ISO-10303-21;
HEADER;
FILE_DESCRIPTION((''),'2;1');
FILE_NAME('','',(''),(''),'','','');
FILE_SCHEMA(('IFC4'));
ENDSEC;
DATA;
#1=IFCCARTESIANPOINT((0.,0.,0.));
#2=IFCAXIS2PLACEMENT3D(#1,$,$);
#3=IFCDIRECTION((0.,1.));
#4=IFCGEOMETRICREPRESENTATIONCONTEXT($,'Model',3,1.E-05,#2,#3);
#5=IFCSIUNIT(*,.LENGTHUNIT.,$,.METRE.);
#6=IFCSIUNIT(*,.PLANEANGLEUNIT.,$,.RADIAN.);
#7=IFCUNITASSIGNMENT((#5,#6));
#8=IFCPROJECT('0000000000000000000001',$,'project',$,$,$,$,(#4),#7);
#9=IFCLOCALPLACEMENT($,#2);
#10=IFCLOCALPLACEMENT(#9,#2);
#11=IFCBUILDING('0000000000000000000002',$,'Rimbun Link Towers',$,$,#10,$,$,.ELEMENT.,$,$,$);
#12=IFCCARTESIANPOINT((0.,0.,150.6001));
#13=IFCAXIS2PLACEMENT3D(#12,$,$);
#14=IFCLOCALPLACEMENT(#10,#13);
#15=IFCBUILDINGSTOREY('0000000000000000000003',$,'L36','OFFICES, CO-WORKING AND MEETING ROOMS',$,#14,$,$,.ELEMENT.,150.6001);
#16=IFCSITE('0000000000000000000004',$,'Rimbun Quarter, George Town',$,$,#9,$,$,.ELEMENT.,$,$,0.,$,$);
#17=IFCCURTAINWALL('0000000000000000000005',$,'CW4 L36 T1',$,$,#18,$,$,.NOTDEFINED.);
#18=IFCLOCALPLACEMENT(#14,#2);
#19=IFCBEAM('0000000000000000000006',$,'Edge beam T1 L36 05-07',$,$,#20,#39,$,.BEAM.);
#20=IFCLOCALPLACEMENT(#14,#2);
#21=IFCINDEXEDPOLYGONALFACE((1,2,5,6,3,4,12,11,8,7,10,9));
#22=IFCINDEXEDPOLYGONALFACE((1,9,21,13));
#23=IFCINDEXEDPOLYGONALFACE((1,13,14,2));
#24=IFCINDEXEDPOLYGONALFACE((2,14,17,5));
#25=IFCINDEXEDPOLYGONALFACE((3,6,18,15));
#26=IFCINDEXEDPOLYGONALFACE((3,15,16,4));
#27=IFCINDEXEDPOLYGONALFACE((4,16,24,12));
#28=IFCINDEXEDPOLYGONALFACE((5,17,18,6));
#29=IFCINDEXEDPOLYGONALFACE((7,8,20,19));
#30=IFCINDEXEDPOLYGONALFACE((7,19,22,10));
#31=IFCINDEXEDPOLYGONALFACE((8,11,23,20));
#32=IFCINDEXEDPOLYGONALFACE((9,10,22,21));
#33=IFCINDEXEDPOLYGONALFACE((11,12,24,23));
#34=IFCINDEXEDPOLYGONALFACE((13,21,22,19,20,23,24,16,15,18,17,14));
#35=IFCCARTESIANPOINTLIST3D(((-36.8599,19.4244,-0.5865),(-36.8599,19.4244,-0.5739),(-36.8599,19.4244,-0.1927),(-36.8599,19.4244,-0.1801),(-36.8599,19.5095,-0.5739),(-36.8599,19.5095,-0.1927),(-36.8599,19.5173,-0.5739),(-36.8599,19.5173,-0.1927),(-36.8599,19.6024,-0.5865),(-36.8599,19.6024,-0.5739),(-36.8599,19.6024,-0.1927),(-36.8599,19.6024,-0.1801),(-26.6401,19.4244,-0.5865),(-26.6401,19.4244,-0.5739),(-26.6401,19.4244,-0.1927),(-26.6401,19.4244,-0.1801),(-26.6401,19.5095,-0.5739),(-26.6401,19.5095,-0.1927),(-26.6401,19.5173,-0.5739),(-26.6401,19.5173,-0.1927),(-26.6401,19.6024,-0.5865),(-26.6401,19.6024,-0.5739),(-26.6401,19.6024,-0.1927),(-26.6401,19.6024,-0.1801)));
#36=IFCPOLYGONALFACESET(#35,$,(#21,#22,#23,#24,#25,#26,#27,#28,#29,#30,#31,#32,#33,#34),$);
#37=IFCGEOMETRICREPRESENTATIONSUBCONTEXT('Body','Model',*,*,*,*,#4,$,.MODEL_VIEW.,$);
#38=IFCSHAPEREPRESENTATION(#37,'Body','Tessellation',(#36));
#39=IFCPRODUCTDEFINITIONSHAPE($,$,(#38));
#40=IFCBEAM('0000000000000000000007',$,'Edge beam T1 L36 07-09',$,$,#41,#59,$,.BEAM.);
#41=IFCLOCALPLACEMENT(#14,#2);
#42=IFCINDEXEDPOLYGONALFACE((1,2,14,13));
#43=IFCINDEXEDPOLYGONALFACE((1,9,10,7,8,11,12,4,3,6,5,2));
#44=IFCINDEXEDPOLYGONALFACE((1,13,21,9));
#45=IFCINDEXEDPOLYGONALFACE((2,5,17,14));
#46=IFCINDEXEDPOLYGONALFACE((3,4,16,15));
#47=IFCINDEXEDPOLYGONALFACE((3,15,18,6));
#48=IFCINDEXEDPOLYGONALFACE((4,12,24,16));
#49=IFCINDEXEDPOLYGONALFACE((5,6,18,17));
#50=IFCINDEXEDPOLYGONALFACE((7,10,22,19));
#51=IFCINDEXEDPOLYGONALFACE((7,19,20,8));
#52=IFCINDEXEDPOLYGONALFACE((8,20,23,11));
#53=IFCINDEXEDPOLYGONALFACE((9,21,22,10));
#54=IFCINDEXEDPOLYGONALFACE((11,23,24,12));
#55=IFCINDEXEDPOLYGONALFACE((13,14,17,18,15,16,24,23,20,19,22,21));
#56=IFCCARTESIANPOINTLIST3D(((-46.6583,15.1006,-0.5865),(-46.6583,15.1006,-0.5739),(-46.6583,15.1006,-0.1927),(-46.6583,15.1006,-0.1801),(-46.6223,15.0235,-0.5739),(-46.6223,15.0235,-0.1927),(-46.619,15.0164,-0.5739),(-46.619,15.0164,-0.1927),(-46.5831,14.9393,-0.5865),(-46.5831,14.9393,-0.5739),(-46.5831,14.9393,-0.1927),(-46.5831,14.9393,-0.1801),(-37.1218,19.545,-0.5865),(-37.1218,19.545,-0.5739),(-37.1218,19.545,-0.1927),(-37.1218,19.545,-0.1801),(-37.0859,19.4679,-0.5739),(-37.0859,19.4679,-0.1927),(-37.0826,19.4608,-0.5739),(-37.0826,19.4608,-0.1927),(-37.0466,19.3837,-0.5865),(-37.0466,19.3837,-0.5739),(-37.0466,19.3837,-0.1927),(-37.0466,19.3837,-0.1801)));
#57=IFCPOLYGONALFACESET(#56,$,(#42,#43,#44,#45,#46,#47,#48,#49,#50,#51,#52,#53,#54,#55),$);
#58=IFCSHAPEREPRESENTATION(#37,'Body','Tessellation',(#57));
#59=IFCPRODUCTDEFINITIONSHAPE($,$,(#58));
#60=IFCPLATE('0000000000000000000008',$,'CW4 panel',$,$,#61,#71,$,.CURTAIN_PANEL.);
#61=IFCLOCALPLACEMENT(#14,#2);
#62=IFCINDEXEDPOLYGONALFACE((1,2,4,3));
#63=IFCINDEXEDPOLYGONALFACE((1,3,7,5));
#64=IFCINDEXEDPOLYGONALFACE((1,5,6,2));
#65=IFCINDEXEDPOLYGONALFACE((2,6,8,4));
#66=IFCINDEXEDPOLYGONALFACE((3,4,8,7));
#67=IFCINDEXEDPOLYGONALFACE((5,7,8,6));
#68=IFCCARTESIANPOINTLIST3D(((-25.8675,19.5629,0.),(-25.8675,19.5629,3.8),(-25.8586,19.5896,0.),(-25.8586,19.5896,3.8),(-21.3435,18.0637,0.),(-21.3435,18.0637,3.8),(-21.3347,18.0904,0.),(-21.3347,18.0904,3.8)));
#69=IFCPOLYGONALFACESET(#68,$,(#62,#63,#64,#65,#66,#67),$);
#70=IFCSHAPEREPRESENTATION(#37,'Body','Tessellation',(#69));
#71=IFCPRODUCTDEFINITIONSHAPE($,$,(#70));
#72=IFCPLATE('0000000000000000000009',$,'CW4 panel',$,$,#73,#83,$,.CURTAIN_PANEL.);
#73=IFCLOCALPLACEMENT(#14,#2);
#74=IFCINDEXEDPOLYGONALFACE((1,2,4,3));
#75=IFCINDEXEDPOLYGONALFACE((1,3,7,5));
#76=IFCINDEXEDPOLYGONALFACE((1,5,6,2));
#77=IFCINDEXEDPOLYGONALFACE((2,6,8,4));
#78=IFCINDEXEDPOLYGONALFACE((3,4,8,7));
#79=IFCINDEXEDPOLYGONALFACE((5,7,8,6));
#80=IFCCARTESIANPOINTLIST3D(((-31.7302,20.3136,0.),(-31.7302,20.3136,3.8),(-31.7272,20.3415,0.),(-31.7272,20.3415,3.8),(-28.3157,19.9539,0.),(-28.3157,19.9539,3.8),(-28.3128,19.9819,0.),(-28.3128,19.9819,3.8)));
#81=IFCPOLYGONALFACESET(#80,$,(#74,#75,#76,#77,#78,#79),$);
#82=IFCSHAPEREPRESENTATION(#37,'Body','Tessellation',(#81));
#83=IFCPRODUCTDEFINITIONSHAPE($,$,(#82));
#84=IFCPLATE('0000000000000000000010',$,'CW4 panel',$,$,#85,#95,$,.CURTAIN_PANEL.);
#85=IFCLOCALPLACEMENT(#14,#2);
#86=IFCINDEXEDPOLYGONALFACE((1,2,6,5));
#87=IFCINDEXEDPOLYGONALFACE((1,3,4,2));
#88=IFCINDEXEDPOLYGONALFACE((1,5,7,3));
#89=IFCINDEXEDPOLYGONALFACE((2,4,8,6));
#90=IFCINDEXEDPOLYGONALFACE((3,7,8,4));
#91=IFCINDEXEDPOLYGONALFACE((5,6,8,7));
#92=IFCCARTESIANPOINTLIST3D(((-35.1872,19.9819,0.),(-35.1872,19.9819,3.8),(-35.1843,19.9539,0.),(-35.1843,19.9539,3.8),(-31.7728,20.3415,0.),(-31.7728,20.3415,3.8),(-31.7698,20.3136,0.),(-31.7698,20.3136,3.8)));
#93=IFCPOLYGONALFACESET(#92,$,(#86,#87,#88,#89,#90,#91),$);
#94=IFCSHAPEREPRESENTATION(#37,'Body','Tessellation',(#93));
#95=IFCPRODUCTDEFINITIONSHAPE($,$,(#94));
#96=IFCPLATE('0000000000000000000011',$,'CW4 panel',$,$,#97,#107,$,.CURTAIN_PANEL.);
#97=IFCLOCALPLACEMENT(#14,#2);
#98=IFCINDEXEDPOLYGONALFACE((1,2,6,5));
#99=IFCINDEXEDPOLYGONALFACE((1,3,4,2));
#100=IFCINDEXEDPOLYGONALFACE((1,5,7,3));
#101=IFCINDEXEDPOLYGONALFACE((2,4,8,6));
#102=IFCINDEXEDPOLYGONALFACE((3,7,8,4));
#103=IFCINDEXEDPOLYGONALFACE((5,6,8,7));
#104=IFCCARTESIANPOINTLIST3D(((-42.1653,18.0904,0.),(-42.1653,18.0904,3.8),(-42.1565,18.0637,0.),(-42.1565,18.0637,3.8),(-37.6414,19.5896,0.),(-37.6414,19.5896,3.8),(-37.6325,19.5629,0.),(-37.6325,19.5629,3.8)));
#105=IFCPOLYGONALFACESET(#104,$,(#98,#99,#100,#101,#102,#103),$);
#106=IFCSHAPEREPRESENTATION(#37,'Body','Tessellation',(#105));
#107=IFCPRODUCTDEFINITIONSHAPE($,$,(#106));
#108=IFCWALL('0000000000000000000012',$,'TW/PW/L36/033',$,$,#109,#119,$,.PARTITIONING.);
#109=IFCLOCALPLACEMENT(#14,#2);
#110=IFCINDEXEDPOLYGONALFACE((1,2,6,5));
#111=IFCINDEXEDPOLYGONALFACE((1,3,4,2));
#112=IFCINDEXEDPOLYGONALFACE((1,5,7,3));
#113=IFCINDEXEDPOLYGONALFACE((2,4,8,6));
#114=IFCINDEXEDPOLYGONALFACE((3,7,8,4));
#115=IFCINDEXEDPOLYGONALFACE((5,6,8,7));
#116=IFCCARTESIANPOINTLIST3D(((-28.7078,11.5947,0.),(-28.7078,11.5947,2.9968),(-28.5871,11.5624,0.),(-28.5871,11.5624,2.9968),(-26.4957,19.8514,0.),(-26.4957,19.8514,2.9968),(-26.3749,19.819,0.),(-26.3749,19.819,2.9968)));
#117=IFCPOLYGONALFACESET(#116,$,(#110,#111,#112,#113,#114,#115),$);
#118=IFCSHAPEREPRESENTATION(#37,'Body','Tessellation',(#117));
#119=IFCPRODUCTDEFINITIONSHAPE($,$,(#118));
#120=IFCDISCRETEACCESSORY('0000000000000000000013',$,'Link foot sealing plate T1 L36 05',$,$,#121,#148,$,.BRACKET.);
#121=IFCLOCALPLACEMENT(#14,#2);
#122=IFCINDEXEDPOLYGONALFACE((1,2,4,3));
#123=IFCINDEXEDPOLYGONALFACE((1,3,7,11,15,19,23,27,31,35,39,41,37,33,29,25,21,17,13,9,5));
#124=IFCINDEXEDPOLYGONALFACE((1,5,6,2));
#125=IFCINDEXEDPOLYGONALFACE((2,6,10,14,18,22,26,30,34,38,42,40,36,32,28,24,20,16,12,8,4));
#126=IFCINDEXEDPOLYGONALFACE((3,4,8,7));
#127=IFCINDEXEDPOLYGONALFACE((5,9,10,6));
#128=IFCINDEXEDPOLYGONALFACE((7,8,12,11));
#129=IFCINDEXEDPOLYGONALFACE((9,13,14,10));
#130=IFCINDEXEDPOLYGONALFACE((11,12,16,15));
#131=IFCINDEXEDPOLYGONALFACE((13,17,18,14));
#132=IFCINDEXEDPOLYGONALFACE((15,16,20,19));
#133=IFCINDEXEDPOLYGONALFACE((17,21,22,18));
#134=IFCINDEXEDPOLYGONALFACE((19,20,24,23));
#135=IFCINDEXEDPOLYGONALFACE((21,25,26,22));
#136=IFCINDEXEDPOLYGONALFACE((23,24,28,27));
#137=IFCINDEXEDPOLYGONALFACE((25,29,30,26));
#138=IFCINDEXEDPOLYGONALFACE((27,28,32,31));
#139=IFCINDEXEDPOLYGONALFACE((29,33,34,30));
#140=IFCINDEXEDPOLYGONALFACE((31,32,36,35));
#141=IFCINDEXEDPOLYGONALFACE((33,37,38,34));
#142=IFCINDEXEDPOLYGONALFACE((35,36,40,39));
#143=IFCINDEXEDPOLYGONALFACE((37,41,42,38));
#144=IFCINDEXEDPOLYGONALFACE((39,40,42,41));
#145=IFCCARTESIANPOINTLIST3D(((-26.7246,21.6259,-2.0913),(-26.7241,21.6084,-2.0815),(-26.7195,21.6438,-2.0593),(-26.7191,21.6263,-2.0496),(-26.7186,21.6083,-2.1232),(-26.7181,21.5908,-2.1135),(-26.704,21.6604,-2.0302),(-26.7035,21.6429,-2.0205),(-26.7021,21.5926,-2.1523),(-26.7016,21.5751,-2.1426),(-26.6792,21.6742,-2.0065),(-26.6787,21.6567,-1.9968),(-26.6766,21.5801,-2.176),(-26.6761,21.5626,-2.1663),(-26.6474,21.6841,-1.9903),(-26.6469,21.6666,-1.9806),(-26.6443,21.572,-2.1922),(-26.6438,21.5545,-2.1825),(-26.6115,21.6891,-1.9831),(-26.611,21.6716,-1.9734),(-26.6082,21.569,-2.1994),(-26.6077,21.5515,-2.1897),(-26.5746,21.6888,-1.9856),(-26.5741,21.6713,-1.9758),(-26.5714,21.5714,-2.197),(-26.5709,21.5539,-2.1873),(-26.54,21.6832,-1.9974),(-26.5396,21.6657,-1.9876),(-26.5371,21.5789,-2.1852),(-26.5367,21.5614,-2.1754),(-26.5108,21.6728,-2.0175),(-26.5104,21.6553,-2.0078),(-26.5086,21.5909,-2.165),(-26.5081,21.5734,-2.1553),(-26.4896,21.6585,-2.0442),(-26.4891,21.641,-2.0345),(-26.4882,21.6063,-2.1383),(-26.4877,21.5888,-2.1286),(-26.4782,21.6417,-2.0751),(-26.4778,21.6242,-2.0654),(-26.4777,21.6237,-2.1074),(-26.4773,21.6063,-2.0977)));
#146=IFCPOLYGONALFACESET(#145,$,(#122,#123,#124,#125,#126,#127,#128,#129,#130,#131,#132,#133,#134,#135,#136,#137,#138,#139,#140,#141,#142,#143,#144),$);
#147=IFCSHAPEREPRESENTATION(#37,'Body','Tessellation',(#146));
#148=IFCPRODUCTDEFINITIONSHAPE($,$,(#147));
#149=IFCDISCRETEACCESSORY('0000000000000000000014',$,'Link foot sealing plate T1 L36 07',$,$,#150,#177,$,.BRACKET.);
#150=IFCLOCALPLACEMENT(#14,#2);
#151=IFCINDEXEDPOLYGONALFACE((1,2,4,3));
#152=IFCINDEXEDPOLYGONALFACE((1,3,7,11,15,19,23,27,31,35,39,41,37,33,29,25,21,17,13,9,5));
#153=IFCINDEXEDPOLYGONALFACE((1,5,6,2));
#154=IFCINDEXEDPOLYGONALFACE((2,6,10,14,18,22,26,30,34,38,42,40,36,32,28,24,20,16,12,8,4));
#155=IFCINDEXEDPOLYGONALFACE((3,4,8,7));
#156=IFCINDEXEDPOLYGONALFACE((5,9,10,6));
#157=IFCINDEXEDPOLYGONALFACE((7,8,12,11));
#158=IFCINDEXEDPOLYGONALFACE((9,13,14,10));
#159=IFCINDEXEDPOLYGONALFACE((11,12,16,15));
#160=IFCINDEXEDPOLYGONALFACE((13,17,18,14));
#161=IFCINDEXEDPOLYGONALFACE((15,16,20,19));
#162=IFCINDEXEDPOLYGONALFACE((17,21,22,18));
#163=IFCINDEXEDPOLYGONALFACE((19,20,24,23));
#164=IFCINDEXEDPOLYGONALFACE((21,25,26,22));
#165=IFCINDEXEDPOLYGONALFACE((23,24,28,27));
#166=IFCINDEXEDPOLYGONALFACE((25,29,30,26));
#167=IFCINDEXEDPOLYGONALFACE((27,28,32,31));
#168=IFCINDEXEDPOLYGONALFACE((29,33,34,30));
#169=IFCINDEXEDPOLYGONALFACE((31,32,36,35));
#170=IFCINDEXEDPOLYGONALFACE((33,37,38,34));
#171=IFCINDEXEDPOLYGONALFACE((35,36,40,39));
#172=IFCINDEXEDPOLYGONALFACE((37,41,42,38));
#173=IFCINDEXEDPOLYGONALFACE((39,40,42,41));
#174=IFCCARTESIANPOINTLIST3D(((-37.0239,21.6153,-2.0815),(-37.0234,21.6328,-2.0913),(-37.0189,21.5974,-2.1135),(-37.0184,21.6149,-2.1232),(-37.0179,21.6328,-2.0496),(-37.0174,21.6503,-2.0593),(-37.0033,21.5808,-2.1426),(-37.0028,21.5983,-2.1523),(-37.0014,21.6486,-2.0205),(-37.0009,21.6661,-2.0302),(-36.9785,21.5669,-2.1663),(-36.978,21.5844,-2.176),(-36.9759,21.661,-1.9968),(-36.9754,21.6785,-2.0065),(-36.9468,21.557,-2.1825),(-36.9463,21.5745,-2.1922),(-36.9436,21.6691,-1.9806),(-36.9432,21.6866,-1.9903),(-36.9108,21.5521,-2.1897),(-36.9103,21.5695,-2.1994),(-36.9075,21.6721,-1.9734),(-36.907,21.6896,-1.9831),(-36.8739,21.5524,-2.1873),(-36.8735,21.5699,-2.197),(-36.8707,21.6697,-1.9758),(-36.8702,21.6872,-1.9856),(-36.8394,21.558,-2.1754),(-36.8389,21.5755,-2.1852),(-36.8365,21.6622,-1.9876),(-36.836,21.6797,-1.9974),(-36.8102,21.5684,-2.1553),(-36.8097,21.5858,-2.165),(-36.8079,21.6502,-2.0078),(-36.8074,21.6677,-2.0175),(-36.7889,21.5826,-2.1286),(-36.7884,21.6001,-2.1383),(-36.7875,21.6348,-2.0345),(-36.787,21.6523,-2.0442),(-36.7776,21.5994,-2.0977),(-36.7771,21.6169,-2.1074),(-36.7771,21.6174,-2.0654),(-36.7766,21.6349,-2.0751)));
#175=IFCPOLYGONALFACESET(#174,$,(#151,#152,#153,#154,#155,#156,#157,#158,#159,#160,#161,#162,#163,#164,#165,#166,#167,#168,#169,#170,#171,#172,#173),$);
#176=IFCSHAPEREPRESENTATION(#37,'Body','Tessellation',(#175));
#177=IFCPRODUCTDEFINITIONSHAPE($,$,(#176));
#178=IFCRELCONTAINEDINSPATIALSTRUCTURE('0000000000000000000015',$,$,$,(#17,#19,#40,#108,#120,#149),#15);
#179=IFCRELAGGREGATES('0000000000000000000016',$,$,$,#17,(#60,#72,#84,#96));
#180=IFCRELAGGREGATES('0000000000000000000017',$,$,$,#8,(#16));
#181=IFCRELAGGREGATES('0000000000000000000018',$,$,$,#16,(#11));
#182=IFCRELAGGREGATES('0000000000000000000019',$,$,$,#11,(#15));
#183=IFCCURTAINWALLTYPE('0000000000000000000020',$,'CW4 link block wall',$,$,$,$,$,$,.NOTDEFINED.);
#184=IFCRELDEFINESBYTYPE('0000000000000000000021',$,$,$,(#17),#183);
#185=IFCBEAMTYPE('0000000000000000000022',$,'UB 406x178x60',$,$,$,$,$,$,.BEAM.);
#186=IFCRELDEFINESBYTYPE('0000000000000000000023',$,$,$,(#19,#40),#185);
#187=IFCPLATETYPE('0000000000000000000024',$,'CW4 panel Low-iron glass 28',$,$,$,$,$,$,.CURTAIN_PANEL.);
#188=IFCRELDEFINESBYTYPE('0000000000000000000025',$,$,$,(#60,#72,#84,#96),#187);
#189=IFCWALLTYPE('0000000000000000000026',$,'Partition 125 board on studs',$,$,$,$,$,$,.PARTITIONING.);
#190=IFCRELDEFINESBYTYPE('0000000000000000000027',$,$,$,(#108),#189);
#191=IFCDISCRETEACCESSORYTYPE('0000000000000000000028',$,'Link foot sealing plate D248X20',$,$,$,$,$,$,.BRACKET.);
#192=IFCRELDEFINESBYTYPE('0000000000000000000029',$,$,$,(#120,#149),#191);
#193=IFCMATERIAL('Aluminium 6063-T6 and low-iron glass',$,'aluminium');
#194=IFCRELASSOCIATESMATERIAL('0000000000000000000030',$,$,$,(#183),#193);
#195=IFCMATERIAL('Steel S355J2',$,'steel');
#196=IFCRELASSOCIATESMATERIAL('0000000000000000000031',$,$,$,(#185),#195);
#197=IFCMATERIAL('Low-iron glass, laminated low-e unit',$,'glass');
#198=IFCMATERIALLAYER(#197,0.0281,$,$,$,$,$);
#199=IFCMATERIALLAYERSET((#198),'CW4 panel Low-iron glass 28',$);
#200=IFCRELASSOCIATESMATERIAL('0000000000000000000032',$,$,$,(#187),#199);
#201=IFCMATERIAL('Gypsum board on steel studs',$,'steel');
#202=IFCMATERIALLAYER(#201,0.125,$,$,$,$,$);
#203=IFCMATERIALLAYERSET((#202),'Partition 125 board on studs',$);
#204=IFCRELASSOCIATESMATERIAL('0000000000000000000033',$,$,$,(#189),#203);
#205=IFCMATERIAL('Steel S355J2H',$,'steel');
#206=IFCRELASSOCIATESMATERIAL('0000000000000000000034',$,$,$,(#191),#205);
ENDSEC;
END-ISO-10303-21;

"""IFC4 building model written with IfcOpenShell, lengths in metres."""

from ifc_helpers import new_model, si_unit, direction, frame, frame_2d, origin, origin_2d, place, context, subcontext, project, spatial, rectangle, circle, i_section, extrude, material, layer, layer_set, material_profile, profile_set, type_object, element, aggregate, save


model = new_model("IFC4")

# Units and contexts
model_context = context("Model", 3, precision=1e-05, world=origin(), true_north=direction((0.0, 1.0)))
body_context = subcontext(model_context, "Body", "Model", "MODEL_VIEW")
ifc_project = project(units=[si_unit("LENGTHUNIT", "METRE"), si_unit("PLANEANGLEUNIT", "RADIAN")], contexts=[model_context])

# Site, building, storey
site_placement = place(None, origin())
site = spatial("IfcSite", under=ifc_project, at=site_placement, Name="Rimbun Quarter, George Town", CompositionType="ELEMENT", RefElevation=0.0)
building_placement = place(site_placement, origin())
building = spatial("IfcBuilding", under=site, at=building_placement, Name="Rimbun Link Towers", CompositionType="ELEMENT")
storey_placement = place(building_placement, frame((0.0, 0.0, 150.6001)))
storey = spatial("IfcBuildingStorey", under=building, at=storey_placement, Name="L36", Description="OFFICES, CO-WORKING AND MEETING ROOMS", CompositionType="ELEMENT", Elevation=150.6001)

# Curtain wall
ifc_material_1 = material(Name="Aluminium 6063-T6 and low-iron glass", Category="aluminium")
curtain_wall_type = type_object("IfcCurtainWallType", Name="CW4 link block wall", PredefinedType="NOTDEFINED", material=ifc_material_1)
curtain_wall_placement = place(storey_placement, origin())
curtain_wall = element("IfcCurtainWall", 1, at=curtain_wall_placement, inside=storey, type_object=curtain_wall_type, Name="CW4 L36 T1", PredefinedType="NOTDEFINED")

# Beams
ifc_material_2 = material(Name="Steel S355J2", Category="steel")
ifc_material_profile_1 = material_profile(ifc_material_2, i_section(OverallWidth=0.178, OverallDepth=0.4065, WebThickness=0.0078, FlangeThickness=0.0127, at=origin_2d()), Name="UB 406x178x60")
ifc_profile_set_1 = profile_set([ifc_material_profile_1], Name="Steel S355J2")
beam_type = type_object("IfcBeamType", Name="UB 406x178x60", PredefinedType="BEAM", material=ifc_profile_set_1)
beam_1_placement = place(storey_placement, frame((-26.6401, 19.5134, -0.3833), z_axis=(-1.0, 0.0, 0.0), x_axis=(0.0, -1.0, 0.0)))
element("IfcBeam", 2, at=beam_1_placement, inside=storey, type_object=beam_type, Name="Edge beam T1 L36 05-07", PredefinedType="BEAM", context=body_context, shape_type="SweptSolid", body=[
    extrude(i_section(OverallWidth=0.178, OverallDepth=0.4065, WebThickness=0.0078, FlangeThickness=0.0127, at=origin_2d()), origin(), (0.0, 0.0, 1.0), 10.2197),
])
beam_2_placement = place(storey_placement, frame((-37.0842, 19.4644, -0.3833), z_axis=(-0.906401, -0.422419, 0.0), x_axis=(0.422419, -0.906401, 0.0)))
element("IfcBeam", 3, at=beam_2_placement, inside=storey, type_object=beam_type, Name="Edge beam T1 L36 07-09", PredefinedType="BEAM", context=body_context, shape_type="SweptSolid", body=[
    extrude(i_section(OverallWidth=0.178, OverallDepth=0.4065, WebThickness=0.0078, FlangeThickness=0.0127, at=origin_2d()), origin(), (0.0, 0.0, 1.0), 10.5212),
])

# Plates
ifc_material_3 = material(Name="Low-iron glass, laminated low-e unit", Category="glass")
ifc_layer_1 = layer(ifc_material_3, 0.0281)
ifc_layer_set_1 = layer_set([ifc_layer_1], Name="CW4 panel Low-iron glass 28")
plate_type = type_object("IfcPlateType", Name="CW4 panel Low-iron glass 28", PredefinedType="CURTAIN_PANEL", material=ifc_layer_set_1)
plate_1_placement = place(storey_placement, frame((-23.6011, 18.8267, 0.0), z_axis=(0.0, 0.0, 1.0), x_axis=(0.949235, -0.314568, 0.0)))
plate_1 = element("IfcPlate", 4, at=plate_1_placement, type_object=plate_type, Name="CW4 panel", PredefinedType="CURTAIN_PANEL", context=body_context, shape_type="SweptSolid", body=[
    extrude(rectangle(XDim=4.7659, YDim=0.0281, at=origin_2d()), origin(), (0.0, 0.0, 1.0), 3.8),
])
plate_2_placement = place(storey_placement, frame((-30.0215, 20.1477, 0.0), z_axis=(0.0, 0.0, 1.0), x_axis=(0.994499, -0.104745, 0.0)))
plate_2 = element("IfcPlate", 5, at=plate_2_placement, type_object=plate_type, Name="CW4 panel", PredefinedType="CURTAIN_PANEL", context=body_context, shape_type="SweptSolid", body=[
    extrude(rectangle(XDim=3.4333, YDim=0.0281, at=origin_2d()), origin(), (0.0, 0.0, 1.0), 3.8),
])
plate_3_placement = place(storey_placement, frame((-33.4785, 20.1477, 0.0), z_axis=(0.0, 0.0, 1.0), x_axis=(0.994499, 0.104745, 0.0)))
plate_3 = element("IfcPlate", 6, at=plate_3_placement, type_object=plate_type, Name="CW4 panel", PredefinedType="CURTAIN_PANEL", context=body_context, shape_type="SweptSolid", body=[
    extrude(rectangle(XDim=3.4333, YDim=0.0281, at=origin_2d()), origin(), (0.0, 0.0, 1.0), 3.8),
])
plate_4_placement = place(storey_placement, frame((-39.8989, 18.8267, 0.0), z_axis=(0.0, 0.0, 1.0), x_axis=(0.949235, 0.314568, 0.0)))
plate_4 = element("IfcPlate", 7, at=plate_4_placement, type_object=plate_type, Name="CW4 panel", PredefinedType="CURTAIN_PANEL", context=body_context, shape_type="SweptSolid", body=[
    extrude(rectangle(XDim=4.7659, YDim=0.0281, at=origin_2d()), origin(), (0.0, 0.0, 1.0), 3.8),
])
aggregate(curtain_wall, [plate_1, plate_2, plate_3, plate_4])

# Wall
ifc_material_4 = material(Name="Gypsum board on steel studs", Category="steel")
ifc_layer_2 = layer(ifc_material_4, 0.125)
ifc_layer_set_2 = layer_set([ifc_layer_2], Name="Partition 125 board on studs")
wall_type = type_object("IfcWallType", Name="Partition 125 board on studs", PredefinedType="PARTITIONING", material=ifc_layer_set_2)
wall_placement = place(storey_placement, frame((-26.4353, 19.8352, 0.0), z_axis=(0.0, 0.0, 1.0), x_axis=(-0.258798, -0.965931, 0.0)))
element("IfcWall", 8, at=wall_placement, inside=storey, type_object=wall_type, Name="TW/PW/L36/033", PredefinedType="PARTITIONING", context=body_context, shape_type="SweptSolid", body=[
    extrude(rectangle(XDim=8.5479, YDim=0.125, at=frame_2d((4.2739, 0.0))), origin(), (0.0, 0.0, 1.0), 2.9968),
])

# Discrete accessories
ifc_material_5 = material(Name="Steel S355J2H", Category="steel")
ifc_material_profile_2 = material_profile(ifc_material_5, circle(Radius=0.124, at=origin_2d()), Name="PL D248")
ifc_profile_set_2 = profile_set([ifc_material_profile_2], Name="Steel S355J2H")
discrete_accessory_type = type_object("IfcDiscreteAccessoryType", Name="Link foot sealing plate D248X20", PredefinedType="BRACKET", material=ifc_profile_set_2)
for number, where, z_axis, x_axis, name in (
    (9, (-26.6001, 21.6118, -2.0815), (-0.024275, 0.8739, -0.4855), (-0.999614, -0.027767, 0.0), "Link foot sealing plate T1 L36 05"),
    (10, (-36.8999, 21.6118, -2.0815), (0.024275, 0.8739, -0.4855), (-0.999614, 0.027767, 0.0), "Link foot sealing plate T1 L36 07"),
):
    element("IfcDiscreteAccessory", number, at=place(storey_placement, frame(where, z_axis=z_axis, x_axis=x_axis)), inside=storey, type_object=discrete_accessory_type, Name=name, PredefinedType="BRACKET", context=body_context, shape_type="SweptSolid", body=[
        extrude(circle(Radius=0.124, at=origin_2d()), origin(), (0.0, 0.0, 1.0), 0.02),
    ])

save(model, "model.ifc")
